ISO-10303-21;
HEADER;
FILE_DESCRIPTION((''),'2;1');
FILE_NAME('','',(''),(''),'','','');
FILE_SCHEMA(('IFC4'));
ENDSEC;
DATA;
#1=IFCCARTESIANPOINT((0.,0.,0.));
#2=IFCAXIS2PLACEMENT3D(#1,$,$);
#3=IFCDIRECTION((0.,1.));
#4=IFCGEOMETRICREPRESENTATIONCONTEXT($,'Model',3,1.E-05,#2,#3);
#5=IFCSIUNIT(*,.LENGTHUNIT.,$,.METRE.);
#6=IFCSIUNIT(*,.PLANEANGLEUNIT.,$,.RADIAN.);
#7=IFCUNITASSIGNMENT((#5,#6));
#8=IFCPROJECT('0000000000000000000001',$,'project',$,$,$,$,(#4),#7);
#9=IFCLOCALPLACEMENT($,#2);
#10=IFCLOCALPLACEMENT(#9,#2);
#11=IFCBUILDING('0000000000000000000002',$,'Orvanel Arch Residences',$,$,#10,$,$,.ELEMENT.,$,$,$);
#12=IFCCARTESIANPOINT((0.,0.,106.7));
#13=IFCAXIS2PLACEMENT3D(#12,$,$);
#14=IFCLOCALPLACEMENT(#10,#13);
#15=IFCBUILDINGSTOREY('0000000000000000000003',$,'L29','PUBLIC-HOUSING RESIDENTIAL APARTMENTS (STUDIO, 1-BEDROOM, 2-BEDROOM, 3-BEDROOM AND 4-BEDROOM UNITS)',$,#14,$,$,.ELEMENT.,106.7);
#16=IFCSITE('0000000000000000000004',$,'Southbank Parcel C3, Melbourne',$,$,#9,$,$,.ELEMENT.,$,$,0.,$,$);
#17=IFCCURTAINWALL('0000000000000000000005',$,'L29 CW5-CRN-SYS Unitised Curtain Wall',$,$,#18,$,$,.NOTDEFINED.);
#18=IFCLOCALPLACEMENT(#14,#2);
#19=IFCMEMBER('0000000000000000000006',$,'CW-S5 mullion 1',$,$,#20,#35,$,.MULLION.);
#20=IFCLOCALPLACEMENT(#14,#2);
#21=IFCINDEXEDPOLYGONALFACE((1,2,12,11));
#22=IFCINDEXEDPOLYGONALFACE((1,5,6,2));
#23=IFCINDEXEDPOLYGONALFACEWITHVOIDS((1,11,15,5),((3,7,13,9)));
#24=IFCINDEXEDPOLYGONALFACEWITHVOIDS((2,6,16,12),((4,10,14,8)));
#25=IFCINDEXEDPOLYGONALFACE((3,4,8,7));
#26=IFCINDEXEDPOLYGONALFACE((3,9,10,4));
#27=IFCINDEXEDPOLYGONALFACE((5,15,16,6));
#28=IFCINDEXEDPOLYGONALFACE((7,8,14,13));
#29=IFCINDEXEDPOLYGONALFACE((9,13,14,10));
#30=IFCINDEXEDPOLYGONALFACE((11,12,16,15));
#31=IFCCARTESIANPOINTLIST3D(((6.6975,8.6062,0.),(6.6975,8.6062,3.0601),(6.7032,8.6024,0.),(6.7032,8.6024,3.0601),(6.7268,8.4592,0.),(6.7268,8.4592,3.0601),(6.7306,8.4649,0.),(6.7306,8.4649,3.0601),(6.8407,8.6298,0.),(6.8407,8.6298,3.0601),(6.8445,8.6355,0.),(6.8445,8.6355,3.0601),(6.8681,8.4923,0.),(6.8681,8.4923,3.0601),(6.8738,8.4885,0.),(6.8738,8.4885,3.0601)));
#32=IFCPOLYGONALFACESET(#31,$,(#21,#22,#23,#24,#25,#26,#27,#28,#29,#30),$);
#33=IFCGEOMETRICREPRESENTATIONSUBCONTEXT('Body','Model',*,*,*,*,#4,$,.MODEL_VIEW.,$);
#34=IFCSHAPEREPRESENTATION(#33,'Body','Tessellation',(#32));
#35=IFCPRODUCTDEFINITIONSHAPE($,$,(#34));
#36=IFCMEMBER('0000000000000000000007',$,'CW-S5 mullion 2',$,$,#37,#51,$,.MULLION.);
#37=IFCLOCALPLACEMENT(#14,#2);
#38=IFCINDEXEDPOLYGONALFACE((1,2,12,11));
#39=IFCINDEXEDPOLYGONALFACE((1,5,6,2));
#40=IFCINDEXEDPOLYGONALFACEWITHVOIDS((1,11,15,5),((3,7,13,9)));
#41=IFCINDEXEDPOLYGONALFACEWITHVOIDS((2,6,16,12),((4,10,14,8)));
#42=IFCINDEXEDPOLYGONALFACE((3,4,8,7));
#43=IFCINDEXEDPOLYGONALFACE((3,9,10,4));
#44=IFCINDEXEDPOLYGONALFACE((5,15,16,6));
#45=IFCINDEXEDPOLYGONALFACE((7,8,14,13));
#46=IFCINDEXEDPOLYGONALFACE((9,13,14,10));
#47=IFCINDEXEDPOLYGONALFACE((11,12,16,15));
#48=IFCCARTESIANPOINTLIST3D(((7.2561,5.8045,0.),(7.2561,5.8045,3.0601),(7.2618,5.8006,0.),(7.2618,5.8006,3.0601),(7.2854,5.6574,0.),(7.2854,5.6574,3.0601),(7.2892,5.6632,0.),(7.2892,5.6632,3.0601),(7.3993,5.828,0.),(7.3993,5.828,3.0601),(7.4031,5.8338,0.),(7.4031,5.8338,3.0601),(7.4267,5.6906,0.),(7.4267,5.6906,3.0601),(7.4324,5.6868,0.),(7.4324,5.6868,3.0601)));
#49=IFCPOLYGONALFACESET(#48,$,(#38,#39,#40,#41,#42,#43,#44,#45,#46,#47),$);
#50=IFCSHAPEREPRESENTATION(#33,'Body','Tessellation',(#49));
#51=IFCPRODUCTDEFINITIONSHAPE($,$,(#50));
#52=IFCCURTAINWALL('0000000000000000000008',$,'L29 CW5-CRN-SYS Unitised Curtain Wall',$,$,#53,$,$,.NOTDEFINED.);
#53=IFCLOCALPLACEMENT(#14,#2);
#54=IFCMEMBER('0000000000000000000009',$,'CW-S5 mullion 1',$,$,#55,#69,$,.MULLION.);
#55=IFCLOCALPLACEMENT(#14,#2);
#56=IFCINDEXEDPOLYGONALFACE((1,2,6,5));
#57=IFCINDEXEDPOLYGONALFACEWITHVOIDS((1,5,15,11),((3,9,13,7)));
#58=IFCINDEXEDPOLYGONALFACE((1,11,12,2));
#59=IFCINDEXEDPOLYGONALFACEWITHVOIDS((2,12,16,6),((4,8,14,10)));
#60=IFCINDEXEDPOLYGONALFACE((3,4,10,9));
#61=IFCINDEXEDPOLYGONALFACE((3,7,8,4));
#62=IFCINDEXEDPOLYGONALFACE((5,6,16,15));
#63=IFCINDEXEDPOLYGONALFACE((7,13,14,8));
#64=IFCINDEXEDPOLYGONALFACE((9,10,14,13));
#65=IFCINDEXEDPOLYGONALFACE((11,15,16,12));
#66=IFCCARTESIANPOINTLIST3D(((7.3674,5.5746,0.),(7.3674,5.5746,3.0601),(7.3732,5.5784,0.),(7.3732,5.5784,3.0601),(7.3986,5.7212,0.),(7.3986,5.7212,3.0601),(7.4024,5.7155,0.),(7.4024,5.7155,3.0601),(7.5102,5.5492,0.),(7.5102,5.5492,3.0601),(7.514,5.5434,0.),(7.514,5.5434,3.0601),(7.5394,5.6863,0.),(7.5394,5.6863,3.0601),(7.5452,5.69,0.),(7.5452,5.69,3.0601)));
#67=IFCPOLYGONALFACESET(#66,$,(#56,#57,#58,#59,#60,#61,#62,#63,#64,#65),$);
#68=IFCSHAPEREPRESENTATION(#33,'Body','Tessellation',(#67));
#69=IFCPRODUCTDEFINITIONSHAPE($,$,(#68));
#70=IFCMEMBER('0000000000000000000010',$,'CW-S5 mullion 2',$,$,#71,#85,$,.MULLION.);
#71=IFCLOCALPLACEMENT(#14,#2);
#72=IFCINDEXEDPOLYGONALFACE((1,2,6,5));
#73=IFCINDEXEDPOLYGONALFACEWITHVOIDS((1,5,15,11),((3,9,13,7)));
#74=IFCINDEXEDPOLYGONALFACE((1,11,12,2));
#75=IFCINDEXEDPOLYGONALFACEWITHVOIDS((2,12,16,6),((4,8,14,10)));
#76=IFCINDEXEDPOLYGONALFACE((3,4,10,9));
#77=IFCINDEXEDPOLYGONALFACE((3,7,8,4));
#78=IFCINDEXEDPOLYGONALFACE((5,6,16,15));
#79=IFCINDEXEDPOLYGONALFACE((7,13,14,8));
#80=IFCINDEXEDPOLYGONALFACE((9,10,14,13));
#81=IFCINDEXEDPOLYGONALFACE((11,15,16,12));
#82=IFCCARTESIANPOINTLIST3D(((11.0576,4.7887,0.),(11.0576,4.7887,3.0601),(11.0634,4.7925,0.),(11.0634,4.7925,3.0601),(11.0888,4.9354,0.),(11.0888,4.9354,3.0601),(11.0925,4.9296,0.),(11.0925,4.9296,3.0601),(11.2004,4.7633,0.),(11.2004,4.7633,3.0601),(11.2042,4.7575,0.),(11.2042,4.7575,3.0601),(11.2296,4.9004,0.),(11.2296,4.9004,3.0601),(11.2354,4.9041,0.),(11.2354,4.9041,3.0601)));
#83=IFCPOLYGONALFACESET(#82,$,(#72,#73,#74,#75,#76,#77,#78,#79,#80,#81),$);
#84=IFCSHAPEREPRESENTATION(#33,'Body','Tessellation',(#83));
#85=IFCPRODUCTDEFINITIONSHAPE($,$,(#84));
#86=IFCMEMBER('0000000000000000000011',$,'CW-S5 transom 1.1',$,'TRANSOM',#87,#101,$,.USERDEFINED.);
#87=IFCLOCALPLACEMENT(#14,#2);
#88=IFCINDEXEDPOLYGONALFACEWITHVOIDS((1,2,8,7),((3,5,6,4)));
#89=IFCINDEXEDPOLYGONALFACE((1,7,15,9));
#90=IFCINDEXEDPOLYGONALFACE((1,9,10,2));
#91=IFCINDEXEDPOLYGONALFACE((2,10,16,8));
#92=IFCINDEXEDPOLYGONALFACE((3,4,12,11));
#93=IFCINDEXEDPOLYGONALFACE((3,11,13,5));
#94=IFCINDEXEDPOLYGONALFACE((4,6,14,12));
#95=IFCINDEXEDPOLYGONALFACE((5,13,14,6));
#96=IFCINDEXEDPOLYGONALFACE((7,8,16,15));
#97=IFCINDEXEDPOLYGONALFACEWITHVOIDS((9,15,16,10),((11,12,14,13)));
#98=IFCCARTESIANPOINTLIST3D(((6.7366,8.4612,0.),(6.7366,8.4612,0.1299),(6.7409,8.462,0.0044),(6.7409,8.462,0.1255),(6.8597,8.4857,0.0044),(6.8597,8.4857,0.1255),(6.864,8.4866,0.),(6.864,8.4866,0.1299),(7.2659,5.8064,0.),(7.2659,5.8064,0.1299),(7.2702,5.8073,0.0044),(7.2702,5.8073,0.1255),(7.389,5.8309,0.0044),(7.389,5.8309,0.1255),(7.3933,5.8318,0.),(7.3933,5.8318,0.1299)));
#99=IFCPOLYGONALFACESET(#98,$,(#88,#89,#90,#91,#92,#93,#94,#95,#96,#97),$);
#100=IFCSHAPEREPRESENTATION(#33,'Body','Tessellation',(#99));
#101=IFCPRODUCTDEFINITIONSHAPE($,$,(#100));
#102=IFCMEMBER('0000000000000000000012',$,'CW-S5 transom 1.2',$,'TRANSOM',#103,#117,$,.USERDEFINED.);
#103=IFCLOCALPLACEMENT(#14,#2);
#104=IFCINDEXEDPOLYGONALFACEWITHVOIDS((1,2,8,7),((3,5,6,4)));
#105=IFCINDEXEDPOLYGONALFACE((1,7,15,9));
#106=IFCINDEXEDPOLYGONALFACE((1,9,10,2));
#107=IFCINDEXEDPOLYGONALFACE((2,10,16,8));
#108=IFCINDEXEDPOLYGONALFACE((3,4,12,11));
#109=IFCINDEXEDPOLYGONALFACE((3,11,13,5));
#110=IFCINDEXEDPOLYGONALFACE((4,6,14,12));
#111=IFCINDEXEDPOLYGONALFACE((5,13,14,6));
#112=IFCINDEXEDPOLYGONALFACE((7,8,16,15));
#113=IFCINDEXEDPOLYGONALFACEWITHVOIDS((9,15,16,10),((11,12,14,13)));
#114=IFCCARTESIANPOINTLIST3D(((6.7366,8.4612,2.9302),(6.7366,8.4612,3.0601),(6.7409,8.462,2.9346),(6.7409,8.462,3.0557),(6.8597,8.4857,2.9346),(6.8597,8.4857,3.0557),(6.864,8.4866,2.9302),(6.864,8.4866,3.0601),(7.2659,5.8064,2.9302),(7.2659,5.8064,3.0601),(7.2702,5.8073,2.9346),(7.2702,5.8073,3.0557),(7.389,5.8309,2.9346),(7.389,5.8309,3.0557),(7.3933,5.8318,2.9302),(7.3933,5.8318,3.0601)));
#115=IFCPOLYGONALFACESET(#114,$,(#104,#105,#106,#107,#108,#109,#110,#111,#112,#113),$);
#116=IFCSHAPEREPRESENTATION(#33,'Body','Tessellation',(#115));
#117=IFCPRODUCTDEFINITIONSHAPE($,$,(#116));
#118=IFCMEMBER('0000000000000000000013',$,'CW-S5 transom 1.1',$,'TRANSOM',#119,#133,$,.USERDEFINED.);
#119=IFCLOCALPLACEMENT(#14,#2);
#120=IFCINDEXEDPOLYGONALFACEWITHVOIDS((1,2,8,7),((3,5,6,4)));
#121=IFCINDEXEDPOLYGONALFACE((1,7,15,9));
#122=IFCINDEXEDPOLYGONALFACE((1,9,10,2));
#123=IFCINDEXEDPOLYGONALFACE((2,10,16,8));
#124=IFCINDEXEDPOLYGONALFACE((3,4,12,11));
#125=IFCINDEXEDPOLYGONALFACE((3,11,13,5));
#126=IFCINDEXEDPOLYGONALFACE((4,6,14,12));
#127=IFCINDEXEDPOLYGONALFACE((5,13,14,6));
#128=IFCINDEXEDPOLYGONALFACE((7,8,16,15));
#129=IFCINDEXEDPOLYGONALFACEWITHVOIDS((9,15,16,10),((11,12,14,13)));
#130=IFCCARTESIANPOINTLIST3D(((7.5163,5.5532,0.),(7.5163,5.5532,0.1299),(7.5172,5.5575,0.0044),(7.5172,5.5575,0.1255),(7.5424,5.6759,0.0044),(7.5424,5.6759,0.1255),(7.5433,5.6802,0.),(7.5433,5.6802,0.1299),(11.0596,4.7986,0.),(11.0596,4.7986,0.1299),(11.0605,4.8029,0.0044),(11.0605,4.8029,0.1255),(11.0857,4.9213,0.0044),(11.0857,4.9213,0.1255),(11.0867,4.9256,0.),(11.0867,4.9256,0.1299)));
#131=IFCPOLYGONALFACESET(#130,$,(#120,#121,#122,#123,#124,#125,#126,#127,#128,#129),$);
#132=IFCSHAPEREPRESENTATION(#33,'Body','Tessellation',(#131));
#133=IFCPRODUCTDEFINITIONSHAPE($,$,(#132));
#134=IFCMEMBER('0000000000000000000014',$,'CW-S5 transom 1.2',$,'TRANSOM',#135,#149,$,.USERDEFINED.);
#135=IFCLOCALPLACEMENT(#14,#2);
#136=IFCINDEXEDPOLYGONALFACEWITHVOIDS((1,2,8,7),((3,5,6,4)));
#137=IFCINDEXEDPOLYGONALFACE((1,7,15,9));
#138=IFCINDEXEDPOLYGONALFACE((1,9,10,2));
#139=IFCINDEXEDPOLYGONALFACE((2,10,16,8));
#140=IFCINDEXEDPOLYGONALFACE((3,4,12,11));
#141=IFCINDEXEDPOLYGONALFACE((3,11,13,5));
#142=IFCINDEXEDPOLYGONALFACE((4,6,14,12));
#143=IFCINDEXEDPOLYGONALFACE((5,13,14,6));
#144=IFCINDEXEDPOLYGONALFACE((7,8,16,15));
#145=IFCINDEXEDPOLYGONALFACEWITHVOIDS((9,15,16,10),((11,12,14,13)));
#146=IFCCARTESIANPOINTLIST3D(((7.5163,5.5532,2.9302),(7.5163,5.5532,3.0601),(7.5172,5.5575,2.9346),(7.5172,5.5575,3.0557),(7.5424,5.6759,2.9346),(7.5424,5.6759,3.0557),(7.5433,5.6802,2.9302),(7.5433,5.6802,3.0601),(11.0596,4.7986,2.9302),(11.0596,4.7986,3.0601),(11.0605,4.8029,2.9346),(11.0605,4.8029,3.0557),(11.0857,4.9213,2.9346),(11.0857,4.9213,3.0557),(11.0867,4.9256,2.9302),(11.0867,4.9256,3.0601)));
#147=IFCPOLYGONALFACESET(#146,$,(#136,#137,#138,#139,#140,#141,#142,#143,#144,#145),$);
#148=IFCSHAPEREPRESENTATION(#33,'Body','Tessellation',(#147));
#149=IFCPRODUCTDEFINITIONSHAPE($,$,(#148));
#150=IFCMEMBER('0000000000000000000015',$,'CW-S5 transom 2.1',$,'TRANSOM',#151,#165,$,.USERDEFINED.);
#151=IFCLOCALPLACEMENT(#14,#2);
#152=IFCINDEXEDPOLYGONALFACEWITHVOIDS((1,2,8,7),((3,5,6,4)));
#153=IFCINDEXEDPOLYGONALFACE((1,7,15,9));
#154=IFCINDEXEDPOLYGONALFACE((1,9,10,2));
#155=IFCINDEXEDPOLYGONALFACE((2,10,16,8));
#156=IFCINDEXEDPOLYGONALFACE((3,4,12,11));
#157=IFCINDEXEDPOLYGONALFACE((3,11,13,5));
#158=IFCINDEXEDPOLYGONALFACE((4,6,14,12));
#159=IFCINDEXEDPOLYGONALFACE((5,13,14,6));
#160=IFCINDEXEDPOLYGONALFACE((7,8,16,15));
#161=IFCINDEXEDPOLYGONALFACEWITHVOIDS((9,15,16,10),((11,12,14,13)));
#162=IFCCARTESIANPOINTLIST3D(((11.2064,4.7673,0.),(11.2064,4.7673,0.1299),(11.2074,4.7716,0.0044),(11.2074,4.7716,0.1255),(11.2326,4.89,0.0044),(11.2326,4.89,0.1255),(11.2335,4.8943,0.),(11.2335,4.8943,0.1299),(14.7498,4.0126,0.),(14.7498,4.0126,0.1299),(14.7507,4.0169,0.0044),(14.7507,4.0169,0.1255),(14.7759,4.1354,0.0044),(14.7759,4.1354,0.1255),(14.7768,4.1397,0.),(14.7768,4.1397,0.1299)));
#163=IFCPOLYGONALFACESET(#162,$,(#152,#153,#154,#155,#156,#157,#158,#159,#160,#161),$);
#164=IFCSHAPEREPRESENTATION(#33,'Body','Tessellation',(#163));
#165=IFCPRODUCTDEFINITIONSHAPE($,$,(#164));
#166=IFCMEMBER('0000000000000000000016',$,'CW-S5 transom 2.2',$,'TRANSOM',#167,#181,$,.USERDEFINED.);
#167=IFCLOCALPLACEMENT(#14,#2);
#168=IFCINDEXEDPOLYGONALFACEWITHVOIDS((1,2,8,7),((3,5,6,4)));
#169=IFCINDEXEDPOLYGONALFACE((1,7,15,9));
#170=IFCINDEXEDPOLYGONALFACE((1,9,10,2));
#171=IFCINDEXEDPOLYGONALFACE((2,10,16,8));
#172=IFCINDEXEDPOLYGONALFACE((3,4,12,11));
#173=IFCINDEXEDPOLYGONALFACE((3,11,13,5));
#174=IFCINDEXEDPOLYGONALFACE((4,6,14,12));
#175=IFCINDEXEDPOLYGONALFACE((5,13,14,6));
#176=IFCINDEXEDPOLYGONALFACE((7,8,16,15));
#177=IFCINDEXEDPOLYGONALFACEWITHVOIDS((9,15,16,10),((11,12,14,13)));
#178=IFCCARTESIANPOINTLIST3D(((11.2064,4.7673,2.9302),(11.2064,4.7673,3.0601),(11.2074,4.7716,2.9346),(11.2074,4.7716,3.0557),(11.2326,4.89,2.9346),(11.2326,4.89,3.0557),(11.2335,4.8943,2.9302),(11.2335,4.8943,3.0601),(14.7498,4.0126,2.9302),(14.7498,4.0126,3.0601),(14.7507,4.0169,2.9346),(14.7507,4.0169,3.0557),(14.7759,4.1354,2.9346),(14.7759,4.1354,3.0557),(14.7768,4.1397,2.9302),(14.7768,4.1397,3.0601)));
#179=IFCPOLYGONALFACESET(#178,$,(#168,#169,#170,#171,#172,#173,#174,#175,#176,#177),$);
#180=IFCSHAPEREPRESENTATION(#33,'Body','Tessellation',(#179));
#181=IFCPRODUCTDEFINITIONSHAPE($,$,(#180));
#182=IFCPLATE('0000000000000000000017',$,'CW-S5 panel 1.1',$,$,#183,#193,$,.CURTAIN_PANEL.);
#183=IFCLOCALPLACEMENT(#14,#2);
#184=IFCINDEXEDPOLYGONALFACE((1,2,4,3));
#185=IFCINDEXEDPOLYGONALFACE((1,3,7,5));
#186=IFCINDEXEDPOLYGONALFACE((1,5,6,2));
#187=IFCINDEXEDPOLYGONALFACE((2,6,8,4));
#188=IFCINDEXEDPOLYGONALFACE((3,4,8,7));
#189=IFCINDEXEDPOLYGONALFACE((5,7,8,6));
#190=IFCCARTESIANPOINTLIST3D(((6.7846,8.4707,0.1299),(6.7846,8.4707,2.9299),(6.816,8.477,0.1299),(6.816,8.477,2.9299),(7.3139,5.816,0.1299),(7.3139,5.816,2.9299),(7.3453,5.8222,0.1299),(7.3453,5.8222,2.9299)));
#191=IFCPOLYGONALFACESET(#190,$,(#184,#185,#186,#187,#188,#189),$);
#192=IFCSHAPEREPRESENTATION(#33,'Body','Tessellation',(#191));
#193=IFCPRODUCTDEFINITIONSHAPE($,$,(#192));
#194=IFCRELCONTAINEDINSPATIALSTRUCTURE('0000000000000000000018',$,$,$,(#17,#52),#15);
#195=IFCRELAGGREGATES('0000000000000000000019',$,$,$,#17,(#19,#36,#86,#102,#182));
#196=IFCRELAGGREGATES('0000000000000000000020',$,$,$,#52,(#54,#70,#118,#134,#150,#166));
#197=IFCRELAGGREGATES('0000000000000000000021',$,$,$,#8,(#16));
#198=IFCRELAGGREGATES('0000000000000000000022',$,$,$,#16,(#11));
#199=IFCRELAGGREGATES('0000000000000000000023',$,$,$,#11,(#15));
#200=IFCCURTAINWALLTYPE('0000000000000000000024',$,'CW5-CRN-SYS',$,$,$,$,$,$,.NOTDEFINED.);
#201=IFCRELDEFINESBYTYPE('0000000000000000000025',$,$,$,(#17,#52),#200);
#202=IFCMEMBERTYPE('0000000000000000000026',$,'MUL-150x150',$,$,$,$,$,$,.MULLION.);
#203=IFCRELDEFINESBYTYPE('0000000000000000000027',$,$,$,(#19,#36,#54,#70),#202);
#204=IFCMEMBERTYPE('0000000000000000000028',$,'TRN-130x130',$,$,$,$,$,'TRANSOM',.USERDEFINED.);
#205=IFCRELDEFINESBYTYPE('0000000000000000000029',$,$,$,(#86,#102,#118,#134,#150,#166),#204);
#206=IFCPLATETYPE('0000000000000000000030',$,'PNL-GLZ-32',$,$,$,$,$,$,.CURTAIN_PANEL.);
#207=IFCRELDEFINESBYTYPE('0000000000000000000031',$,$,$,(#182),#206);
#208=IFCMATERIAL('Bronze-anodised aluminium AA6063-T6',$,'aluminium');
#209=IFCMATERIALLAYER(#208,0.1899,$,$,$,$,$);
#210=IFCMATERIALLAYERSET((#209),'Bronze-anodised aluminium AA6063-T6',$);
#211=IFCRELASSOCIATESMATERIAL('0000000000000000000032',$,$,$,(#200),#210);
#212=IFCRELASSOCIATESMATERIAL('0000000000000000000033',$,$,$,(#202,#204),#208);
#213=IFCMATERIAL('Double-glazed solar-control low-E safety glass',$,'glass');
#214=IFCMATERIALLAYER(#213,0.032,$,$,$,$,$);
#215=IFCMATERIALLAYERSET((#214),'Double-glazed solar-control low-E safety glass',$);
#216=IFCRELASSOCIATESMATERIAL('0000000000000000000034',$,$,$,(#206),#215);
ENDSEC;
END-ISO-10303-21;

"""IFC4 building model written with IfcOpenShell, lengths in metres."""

from ifc_helpers import new_model, si_unit, direction, frame, origin, origin_2d, place, context, subcontext, project, spatial, rectangle, hollow_rectangle, extrude, material, layer, layer_set, material_profile, profile_set, type_object, element, aggregate, save


model = new_model("IFC4")

# Units and contexts
model_context = context("Model", 3, precision=1e-05, world=origin(), true_north=direction((0.0, 1.0)))
body_context = subcontext(model_context, "Body", "Model", "MODEL_VIEW")
ifc_project = project(units=[si_unit("LENGTHUNIT", "METRE"), si_unit("PLANEANGLEUNIT", "RADIAN")], contexts=[model_context])

# Site, building, storey
site_placement = place(None, origin())
site = spatial("IfcSite", under=ifc_project, at=site_placement, Name="Southbank Parcel C3, Melbourne", CompositionType="ELEMENT", RefElevation=0.0)
building_placement = place(site_placement, origin())
building = spatial("IfcBuilding", under=site, at=building_placement, Name="Orvanel Arch Residences", CompositionType="ELEMENT")
storey_placement = place(building_placement, frame((0.0, 0.0, 106.7)))
storey = spatial("IfcBuildingStorey", under=building, at=storey_placement, Name="L29", Description="PUBLIC-HOUSING RESIDENTIAL APARTMENTS (STUDIO, 1-BEDROOM, 2-BEDROOM, 3-BEDROOM AND 4-BEDROOM UNITS)", CompositionType="ELEMENT", Elevation=106.7)

# Curtain walls, members
ifc_material_1 = material(Name="Bronze-anodised aluminium AA6063-T6", Category="aluminium")
ifc_layer_1 = layer(ifc_material_1, 0.1899)
ifc_layer_set_1 = layer_set([ifc_layer_1], Name="Bronze-anodised aluminium AA6063-T6")
curtain_wall_type = type_object("IfcCurtainWallType", Name="CW5-CRN-SYS", PredefinedType="NOTDEFINED", material=ifc_layer_set_1)
curtain_wall_1_placement = place(storey_placement, origin())
curtain_wall_1 = element("IfcCurtainWall", 1, at=curtain_wall_1_placement, inside=storey, type_object=curtain_wall_type, Name="L29 CW5-CRN-SYS Unitised Curtain Wall", PredefinedType="NOTDEFINED")
ifc_material_profile_1 = material_profile(ifc_material_1, hollow_rectangle(XDim=0.1499, YDim=0.1499, WallThickness=0.0049, at=origin_2d()), Name="ALU150x150x5")
ifc_profile_set_1 = profile_set([ifc_material_profile_1], Name="Bronze-anodised aluminium AA6063-T6")
member_type_1 = type_object("IfcMemberType", Name="MUL-150x150", PredefinedType="MULLION", material=ifc_profile_set_1)
member_1_placement = place(storey_placement, frame((6.7856, 8.5474, 0.0), z_axis=(0.0, 0.0, 1.0), x_axis=(0.980696, 0.195541, 0.0)))
member_1 = element("IfcMember", 2, at=member_1_placement, type_object=member_type_1, Name="CW-S5 mullion 1", PredefinedType="MULLION", context=body_context, shape_type="SweptSolid", body=[
    extrude(hollow_rectangle(XDim=0.1499, YDim=0.1499, WallThickness=0.0049, at=origin_2d()), origin(), (0.0, 0.0, 1.0), 3.0601),
])
member_2_placement = place(storey_placement, frame((7.3442, 5.7456, 0.0), z_axis=(0.0, 0.0, 1.0), x_axis=(0.980696, 0.195541, 0.0)))
member_2 = element("IfcMember", 3, at=member_2_placement, type_object=member_type_1, Name="CW-S5 mullion 2", PredefinedType="MULLION", context=body_context, shape_type="SweptSolid", body=[
    extrude(hollow_rectangle(XDim=0.1499, YDim=0.1499, WallThickness=0.0049, at=origin_2d()), origin(), (0.0, 0.0, 1.0), 3.0601),
])
curtain_wall_2_placement = place(storey_placement, origin())
curtain_wall_2 = element("IfcCurtainWall", 4, at=curtain_wall_2_placement, inside=storey, type_object=curtain_wall_type, Name="L29 CW5-CRN-SYS Unitised Curtain Wall", PredefinedType="NOTDEFINED")
member_3_placement = place(storey_placement, frame((7.4563, 5.6323, 0.0), z_axis=(0.0, 0.0, 1.0), x_axis=(0.208295, 0.978066, 0.0)))
member_3 = element("IfcMember", 5, at=member_3_placement, type_object=member_type_1, Name="CW-S5 mullion 1", PredefinedType="MULLION", context=body_context, shape_type="SweptSolid", body=[
    extrude(hollow_rectangle(XDim=0.1499, YDim=0.1499, WallThickness=0.0049, at=origin_2d()), origin(), (0.0, 0.0, 1.0), 3.0601),
])
member_4_placement = place(storey_placement, frame((11.1465, 4.8464, 0.0), z_axis=(0.0, 0.0, 1.0), x_axis=(0.208295, 0.978066, 0.0)))
member_4 = element("IfcMember", 6, at=member_4_placement, type_object=member_type_1, Name="CW-S5 mullion 2", PredefinedType="MULLION", context=body_context, shape_type="SweptSolid", body=[
    extrude(hollow_rectangle(XDim=0.1499, YDim=0.1499, WallThickness=0.0049, at=origin_2d()), origin(), (0.0, 0.0, 1.0), 3.0601),
])

# Members
ifc_material_profile_2 = material_profile(ifc_material_1, hollow_rectangle(XDim=0.1299, YDim=0.1299, WallThickness=0.0044, at=origin_2d()), Name="ALU130x130x4.5")
ifc_profile_set_2 = profile_set([ifc_material_profile_2], Name="Bronze-anodised aluminium AA6063-T6")
member_type_2 = type_object("IfcMemberType", Name="TRN-130x130", ElementType="TRANSOM", PredefinedType="USERDEFINED", material=ifc_profile_set_2)
member_5_placement = place(storey_placement, frame((6.8003, 8.4739, 0.0649), z_axis=(0.195526, -0.980698, 0.0), x_axis=(0.980698, 0.195526, 0.0)))
member_5 = element("IfcMember", 7, at=member_5_placement, type_object=member_type_2, Name="CW-S5 transom 1.1", ObjectType="TRANSOM", PredefinedType="USERDEFINED", context=body_context, shape_type="SweptSolid", body=[
    extrude(hollow_rectangle(XDim=0.1299, YDim=0.1299, WallThickness=0.0044, at=origin_2d()), origin(), (0.0, 0.0, 1.0), 2.707),
])
member_6_placement = place(storey_placement, frame((6.8003, 8.4739, 2.9951), z_axis=(0.195526, -0.980698, 0.0), x_axis=(0.980698, 0.195526, 0.0)))
member_6 = element("IfcMember", 8, at=member_6_placement, type_object=member_type_2, Name="CW-S5 transom 1.2", ObjectType="TRANSOM", PredefinedType="USERDEFINED", context=body_context, shape_type="SweptSolid", body=[
    extrude(hollow_rectangle(XDim=0.1299, YDim=0.1299, WallThickness=0.0044, at=origin_2d()), origin(), (0.0, 0.0, 1.0), 2.707),
])
member_7_placement = place(storey_placement, frame((7.5298, 5.6167, 0.0649), z_axis=(0.978066, -0.208296, 0.0), x_axis=(0.208296, 0.978066, 0.0)))
member_7 = element("IfcMember", 9, at=member_7_placement, type_object=member_type_2, Name="CW-S5 transom 1.1", ObjectType="TRANSOM", PredefinedType="USERDEFINED", context=body_context, shape_type="SweptSolid", body=[
    extrude(hollow_rectangle(XDim=0.1299, YDim=0.1299, WallThickness=0.0044, at=origin_2d()), origin(), (0.0, 0.0, 1.0), 3.6228),
])
member_8_placement = place(storey_placement, frame((7.5298, 5.6167, 2.9951), z_axis=(0.978066, -0.208296, 0.0), x_axis=(0.208296, 0.978066, 0.0)))
member_8 = element("IfcMember", 10, at=member_8_placement, type_object=member_type_2, Name="CW-S5 transom 1.2", ObjectType="TRANSOM", PredefinedType="USERDEFINED", context=body_context, shape_type="SweptSolid", body=[
    extrude(hollow_rectangle(XDim=0.1299, YDim=0.1299, WallThickness=0.0044, at=origin_2d()), origin(), (0.0, 0.0, 1.0), 3.6228),
])
member_9_placement = place(storey_placement, frame((11.22, 4.8308, 0.0649), z_axis=(0.978063, -0.208309, 0.0), x_axis=(0.208309, 0.978063, 0.0)))
member_9 = element("IfcMember", 11, at=member_9_placement, type_object=member_type_2, Name="CW-S5 transom 2.1", ObjectType="TRANSOM", PredefinedType="USERDEFINED", context=body_context, shape_type="SweptSolid", body=[
    extrude(hollow_rectangle(XDim=0.1299, YDim=0.1299, WallThickness=0.0044, at=origin_2d()), origin(), (0.0, 0.0, 1.0), 3.6228),
])
member_10_placement = place(storey_placement, frame((11.22, 4.8308, 2.9951), z_axis=(0.978063, -0.208309, 0.0), x_axis=(0.208309, 0.978063, 0.0)))
member_10 = element("IfcMember", 12, at=member_10_placement, type_object=member_type_2, Name="CW-S5 transom 2.2", ObjectType="TRANSOM", PredefinedType="USERDEFINED", context=body_context, shape_type="SweptSolid", body=[
    extrude(hollow_rectangle(XDim=0.1299, YDim=0.1299, WallThickness=0.0044, at=origin_2d()), origin(), (0.0, 0.0, 1.0), 3.6228),
])

# Plate
ifc_material_2 = material(Name="Double-glazed solar-control low-E safety glass", Category="glass")
ifc_layer_2 = layer(ifc_material_2, 0.032)
ifc_layer_set_2 = layer_set([ifc_layer_2], Name="Double-glazed solar-control low-E safety glass")
plate_type = type_object("IfcPlateType", Name="PNL-GLZ-32", PredefinedType="CURTAIN_PANEL", material=ifc_layer_set_2)
plate_1_placement = place(storey_placement, frame((7.0649, 7.1465, 0.1299), z_axis=(0.0, 0.0, 1.0), x_axis=(0.195541, -0.980696, 0.0)))
plate_1 = element("IfcPlate", 13, at=plate_1_placement, type_object=plate_type, Name="CW-S5 panel 1.1", PredefinedType="CURTAIN_PANEL", context=body_context, shape_type="SweptSolid", body=[
    extrude(rectangle(XDim=2.707, YDim=0.032, at=origin_2d()), origin(), (0.0, 0.0, 1.0), 2.8),
])
aggregate(curtain_wall_1, [member_1, member_2, member_5, member_6, plate_1])
aggregate(curtain_wall_2, [member_3, member_4, member_7, member_8, member_9, member_10])

save(model, "model.ifc")
